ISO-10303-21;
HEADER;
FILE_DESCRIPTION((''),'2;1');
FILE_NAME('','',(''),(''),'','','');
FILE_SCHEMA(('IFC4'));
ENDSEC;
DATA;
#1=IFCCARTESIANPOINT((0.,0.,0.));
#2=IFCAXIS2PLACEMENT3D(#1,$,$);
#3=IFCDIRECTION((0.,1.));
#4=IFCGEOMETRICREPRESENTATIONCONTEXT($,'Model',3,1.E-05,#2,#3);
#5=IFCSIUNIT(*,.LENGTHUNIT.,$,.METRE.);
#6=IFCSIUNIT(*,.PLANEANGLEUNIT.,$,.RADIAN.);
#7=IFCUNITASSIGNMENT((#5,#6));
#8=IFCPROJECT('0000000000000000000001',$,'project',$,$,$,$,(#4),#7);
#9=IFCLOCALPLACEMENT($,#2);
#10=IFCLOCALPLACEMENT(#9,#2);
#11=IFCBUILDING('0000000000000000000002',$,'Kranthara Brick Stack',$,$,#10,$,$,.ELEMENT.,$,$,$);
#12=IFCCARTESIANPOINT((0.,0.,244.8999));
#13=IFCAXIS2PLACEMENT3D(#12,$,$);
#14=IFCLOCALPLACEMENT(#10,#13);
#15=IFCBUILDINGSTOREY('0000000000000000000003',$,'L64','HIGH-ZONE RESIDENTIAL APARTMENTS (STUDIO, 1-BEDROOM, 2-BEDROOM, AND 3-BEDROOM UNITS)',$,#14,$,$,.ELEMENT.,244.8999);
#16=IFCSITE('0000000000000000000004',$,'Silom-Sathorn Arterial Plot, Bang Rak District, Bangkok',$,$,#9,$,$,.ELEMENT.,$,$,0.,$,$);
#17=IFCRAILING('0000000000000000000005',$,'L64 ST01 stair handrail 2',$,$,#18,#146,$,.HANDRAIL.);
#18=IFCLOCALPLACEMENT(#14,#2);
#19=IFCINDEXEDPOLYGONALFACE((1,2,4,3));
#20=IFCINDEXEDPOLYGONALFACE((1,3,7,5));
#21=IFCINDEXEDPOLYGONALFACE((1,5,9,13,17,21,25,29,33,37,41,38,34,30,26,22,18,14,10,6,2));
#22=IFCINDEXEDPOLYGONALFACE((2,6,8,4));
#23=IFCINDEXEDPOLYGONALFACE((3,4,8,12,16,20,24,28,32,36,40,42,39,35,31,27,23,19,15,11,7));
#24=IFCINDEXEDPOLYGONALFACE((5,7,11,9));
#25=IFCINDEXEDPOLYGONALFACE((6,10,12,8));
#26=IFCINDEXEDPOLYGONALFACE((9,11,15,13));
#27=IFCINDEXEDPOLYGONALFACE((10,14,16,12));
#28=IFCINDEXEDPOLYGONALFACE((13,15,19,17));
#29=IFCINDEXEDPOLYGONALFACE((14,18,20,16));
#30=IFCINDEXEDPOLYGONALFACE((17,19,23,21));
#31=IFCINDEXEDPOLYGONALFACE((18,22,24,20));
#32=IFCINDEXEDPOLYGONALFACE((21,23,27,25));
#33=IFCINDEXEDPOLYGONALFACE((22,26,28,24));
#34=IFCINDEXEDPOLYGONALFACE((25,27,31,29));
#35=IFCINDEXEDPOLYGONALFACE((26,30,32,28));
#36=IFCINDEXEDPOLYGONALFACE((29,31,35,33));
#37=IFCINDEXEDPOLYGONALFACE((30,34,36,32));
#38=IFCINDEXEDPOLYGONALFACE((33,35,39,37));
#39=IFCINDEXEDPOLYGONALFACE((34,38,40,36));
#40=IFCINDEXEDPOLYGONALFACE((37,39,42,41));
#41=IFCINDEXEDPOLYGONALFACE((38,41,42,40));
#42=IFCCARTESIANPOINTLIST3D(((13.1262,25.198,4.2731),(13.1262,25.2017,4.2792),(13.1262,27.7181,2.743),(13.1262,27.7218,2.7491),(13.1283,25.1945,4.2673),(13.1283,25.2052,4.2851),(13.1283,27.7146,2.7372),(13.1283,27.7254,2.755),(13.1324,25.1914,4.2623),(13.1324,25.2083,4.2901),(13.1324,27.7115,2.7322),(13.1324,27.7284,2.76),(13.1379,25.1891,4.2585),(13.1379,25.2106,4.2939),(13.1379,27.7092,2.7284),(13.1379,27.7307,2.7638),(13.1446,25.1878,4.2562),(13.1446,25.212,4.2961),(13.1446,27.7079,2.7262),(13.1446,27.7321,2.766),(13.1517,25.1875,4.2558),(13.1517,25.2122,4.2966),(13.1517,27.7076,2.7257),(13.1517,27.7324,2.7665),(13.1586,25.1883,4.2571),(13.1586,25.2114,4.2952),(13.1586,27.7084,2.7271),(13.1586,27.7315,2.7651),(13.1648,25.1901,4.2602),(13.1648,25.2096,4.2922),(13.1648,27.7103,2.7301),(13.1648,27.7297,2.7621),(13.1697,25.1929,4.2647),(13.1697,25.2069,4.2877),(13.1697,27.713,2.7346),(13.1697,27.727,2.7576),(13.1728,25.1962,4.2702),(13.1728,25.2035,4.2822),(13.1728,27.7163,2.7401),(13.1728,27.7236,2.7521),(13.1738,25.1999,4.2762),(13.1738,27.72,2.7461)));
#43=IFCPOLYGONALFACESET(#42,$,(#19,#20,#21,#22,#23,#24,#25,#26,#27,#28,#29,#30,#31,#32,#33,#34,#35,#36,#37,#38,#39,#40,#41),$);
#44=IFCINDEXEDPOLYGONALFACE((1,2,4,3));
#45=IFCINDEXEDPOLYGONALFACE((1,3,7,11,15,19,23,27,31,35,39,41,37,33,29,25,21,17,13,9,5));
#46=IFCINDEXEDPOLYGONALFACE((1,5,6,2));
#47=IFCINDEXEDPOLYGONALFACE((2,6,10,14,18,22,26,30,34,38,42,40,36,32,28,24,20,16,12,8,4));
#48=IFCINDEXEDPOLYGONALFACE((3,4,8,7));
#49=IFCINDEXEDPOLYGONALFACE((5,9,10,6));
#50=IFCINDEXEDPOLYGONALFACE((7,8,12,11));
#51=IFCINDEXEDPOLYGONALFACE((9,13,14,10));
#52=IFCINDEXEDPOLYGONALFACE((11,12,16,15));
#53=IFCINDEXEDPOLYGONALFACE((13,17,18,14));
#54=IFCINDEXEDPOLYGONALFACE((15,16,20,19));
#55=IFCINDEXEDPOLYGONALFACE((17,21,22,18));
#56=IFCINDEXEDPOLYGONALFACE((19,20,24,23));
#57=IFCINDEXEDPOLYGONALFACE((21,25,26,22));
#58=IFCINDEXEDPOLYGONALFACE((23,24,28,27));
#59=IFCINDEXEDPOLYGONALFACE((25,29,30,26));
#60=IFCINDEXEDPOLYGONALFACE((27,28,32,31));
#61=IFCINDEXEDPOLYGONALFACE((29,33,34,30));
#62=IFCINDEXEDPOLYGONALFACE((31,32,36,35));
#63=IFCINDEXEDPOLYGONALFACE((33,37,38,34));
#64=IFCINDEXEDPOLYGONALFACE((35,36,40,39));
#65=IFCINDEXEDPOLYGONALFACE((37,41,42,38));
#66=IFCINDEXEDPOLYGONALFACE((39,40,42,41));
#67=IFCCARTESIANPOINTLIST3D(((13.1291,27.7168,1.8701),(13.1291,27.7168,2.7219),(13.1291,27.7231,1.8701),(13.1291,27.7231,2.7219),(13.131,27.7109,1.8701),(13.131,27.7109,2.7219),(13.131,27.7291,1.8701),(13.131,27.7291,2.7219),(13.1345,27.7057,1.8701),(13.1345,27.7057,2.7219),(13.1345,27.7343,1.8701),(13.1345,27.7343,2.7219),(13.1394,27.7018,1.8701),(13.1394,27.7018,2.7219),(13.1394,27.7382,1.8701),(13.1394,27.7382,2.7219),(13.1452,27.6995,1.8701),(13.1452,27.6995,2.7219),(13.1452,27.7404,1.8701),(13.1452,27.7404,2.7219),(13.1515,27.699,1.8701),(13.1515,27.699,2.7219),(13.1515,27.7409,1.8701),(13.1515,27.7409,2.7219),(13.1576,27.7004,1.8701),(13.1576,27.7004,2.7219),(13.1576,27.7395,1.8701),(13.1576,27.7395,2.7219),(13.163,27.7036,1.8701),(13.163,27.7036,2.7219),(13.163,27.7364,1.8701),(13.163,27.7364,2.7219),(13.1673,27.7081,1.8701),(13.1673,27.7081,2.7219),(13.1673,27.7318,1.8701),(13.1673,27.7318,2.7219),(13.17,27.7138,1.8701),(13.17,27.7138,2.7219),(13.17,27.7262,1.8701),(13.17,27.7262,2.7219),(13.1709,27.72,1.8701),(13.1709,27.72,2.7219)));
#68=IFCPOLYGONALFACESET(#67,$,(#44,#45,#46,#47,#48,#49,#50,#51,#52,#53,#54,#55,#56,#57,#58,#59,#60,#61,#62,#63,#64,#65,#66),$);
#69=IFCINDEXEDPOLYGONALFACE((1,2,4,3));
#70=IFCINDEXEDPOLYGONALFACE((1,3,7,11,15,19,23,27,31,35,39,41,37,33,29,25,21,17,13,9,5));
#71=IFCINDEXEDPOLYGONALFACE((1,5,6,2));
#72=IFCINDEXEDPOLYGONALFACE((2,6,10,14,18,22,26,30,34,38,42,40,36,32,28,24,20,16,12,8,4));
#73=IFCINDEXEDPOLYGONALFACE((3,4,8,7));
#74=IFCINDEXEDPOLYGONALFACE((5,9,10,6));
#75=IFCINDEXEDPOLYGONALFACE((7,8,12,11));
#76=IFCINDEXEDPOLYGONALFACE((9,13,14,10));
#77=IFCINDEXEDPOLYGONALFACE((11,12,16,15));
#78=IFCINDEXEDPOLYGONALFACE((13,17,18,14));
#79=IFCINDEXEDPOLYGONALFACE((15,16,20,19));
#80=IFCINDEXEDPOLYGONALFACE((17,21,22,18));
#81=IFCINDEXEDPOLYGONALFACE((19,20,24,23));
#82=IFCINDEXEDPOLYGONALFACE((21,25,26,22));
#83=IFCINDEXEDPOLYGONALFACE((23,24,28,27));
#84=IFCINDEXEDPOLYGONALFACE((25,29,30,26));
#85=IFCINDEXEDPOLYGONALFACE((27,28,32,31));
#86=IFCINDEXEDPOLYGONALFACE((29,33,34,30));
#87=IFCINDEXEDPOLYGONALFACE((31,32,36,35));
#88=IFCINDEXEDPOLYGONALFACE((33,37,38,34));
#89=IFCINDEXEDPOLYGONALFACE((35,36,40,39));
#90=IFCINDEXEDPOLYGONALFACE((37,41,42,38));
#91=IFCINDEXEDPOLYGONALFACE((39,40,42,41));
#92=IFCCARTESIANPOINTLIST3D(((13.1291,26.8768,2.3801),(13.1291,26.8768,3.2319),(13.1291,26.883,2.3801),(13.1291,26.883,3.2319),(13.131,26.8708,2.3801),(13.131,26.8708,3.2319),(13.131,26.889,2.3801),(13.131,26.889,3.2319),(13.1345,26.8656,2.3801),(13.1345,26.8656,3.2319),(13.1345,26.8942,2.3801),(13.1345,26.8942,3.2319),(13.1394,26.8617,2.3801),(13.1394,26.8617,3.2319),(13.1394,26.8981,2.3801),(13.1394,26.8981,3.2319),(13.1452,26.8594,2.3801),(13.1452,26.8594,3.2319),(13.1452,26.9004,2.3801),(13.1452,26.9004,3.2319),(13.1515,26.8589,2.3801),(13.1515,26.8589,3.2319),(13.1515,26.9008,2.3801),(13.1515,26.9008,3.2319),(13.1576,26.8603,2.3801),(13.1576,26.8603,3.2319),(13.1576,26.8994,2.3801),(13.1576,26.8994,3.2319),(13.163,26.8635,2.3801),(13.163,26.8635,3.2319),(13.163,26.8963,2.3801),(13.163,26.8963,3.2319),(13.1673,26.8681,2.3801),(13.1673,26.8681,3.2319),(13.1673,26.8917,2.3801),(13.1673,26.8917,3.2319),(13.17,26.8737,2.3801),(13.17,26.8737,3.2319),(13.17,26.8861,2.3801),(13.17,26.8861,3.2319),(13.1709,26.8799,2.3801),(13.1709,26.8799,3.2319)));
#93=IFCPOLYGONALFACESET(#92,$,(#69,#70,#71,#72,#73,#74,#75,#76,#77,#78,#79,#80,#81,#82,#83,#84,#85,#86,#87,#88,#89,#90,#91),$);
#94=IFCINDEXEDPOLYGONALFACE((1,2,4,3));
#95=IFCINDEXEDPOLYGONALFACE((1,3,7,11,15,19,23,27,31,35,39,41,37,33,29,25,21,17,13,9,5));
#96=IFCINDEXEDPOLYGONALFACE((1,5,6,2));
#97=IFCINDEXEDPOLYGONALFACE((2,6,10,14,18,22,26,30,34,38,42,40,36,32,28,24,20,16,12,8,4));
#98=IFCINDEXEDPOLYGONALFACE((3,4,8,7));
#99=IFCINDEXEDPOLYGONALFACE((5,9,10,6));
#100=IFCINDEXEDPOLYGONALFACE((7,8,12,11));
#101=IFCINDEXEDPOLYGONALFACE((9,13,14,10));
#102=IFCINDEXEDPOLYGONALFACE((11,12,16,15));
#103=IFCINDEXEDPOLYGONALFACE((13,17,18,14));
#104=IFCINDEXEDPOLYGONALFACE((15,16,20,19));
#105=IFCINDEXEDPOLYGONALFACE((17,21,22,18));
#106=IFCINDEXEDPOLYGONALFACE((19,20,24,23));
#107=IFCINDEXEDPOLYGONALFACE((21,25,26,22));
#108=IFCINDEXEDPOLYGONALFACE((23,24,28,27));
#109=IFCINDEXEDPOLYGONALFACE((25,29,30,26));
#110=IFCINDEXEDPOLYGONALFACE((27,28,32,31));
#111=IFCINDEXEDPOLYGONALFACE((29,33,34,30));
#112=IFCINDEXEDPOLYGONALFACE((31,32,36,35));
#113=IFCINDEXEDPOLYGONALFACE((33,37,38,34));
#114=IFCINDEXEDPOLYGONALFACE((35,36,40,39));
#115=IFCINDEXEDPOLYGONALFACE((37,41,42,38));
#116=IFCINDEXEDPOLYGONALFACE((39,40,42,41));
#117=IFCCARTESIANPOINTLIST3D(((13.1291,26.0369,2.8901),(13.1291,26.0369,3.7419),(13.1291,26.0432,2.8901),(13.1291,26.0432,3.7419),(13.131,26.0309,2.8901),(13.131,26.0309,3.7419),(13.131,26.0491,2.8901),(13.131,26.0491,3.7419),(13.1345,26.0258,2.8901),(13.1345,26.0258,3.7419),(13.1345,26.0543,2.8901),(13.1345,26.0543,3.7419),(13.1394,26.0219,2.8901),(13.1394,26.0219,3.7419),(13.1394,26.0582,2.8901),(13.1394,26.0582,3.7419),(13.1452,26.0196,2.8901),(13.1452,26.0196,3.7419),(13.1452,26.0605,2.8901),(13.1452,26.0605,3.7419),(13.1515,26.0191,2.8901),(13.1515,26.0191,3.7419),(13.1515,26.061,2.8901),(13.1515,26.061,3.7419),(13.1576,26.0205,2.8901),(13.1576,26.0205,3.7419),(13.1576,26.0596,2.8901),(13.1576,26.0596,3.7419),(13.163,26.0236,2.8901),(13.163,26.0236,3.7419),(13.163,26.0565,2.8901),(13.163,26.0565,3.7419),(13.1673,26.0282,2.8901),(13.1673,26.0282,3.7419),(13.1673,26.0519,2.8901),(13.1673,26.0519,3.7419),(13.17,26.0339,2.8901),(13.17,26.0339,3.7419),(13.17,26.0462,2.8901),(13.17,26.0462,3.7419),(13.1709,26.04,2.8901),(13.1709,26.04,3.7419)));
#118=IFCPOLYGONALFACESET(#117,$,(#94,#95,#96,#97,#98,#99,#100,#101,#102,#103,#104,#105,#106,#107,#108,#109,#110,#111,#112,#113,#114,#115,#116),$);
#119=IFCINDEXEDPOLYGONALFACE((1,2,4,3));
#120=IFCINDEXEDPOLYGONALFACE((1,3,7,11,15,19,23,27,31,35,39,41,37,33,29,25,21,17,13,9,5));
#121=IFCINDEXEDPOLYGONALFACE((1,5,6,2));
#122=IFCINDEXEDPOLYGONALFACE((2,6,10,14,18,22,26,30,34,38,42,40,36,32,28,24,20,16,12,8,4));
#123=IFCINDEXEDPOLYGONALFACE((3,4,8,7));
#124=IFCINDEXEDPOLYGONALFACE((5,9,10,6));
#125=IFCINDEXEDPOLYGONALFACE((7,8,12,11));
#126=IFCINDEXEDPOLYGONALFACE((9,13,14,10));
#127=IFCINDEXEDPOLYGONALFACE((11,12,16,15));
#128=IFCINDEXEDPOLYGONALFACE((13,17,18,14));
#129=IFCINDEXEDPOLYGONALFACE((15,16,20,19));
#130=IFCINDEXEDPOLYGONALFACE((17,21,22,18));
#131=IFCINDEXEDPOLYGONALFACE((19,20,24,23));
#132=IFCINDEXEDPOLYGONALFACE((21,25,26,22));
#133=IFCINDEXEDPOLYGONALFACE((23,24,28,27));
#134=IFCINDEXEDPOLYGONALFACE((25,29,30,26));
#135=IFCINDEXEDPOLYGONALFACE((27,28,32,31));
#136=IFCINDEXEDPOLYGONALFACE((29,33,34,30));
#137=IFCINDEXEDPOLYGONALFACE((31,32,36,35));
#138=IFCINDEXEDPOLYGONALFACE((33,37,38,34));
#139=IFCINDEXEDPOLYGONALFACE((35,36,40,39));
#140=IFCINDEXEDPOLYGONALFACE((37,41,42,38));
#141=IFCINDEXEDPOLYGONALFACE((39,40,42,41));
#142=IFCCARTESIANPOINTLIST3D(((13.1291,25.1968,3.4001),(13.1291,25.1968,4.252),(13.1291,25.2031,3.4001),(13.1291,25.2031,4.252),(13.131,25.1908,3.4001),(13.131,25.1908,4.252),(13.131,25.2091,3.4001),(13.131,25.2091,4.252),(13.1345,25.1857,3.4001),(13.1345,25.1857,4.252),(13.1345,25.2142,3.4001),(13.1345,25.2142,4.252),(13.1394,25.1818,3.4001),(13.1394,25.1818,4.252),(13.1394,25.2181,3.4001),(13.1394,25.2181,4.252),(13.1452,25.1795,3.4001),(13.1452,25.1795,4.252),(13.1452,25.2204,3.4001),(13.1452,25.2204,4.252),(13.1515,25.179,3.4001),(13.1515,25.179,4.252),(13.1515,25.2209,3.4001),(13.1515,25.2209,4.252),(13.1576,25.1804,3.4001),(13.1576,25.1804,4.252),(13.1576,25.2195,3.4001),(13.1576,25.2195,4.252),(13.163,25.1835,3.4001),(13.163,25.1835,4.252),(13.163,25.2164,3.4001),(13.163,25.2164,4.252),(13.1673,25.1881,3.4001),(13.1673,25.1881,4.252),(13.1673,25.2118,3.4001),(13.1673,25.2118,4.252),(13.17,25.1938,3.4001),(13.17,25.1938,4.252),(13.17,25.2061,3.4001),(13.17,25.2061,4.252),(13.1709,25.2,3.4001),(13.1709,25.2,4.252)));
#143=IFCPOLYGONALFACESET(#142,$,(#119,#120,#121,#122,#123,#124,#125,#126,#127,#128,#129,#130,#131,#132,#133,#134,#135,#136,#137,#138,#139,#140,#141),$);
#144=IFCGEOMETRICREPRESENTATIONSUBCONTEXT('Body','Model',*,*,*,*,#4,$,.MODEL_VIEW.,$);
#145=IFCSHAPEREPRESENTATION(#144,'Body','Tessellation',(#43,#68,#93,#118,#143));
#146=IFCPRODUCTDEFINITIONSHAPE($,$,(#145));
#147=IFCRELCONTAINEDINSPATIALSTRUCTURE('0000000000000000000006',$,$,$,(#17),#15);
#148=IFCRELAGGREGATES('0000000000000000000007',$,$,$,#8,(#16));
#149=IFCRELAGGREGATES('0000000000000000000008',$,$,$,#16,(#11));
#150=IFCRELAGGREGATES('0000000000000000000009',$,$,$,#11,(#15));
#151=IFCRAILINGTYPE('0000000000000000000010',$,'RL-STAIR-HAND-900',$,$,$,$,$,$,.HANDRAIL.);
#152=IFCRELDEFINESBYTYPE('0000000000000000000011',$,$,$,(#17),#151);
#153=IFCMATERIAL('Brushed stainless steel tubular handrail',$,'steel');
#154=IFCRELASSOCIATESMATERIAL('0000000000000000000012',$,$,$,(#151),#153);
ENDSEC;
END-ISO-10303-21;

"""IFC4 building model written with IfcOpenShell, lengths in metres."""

from ifc_helpers import new_model, si_unit, direction, frame, origin, origin_2d, place, context, subcontext, project, spatial, circle, extrude, material, type_object, element, save


model = new_model("IFC4")

# Units and contexts
model_context = context("Model", 3, precision=1e-05, world=origin(), true_north=direction((0.0, 1.0)))
body_context = subcontext(model_context, "Body", "Model", "MODEL_VIEW")
ifc_project = project(units=[si_unit("LENGTHUNIT", "METRE"), si_unit("PLANEANGLEUNIT", "RADIAN")], contexts=[model_context])

# Site, building, storey
site_placement = place(None, origin())
site = spatial("IfcSite", under=ifc_project, at=site_placement, Name="Silom-Sathorn Arterial Plot, Bang Rak District, Bangkok", CompositionType="ELEMENT", RefElevation=0.0)
building_placement = place(site_placement, origin())
building = spatial("IfcBuilding", under=site, at=building_placement, Name="Kranthara Brick Stack", CompositionType="ELEMENT")
storey_placement = place(building_placement, frame((0.0, 0.0, 244.8999)))
storey = spatial("IfcBuildingStorey", under=building, at=storey_placement, Name="L64", Description="HIGH-ZONE RESIDENTIAL APARTMENTS (STUDIO, 1-BEDROOM, 2-BEDROOM, AND 3-BEDROOM UNITS)", CompositionType="ELEMENT", Elevation=244.8999)

# Railing
ifc_material_1 = material(Name="Brushed stainless steel tubular handrail", Category="steel")
railing_type_1 = type_object("IfcRailingType", Name="RL-STAIR-HAND-900", PredefinedType="HANDRAIL", material=ifc_material_1)
railing_1_placement = place(storey_placement, frame((13.1499, 27.72, 1.8701)))
element("IfcRailing", 1, at=railing_1_placement, inside=storey, type_object=railing_type_1, Name="L64 ST01 stair handrail 2", PredefinedType="HANDRAIL", context=body_context, shape_type="SweptSolid", body=[
    extrude(circle(Radius=0.0239, at=origin_2d()), frame((0.0, 0.0, 0.876), z_axis=(0.0, -0.854785, 0.518982), x_axis=(1.0, 0.0, 0.0)), (0.0, 0.0, 1.0), 2.9482),
    extrude(circle(Radius=0.021, at=origin_2d()), origin(), (0.0, 0.0, 1.0), 0.8518),
    extrude(circle(Radius=0.021, at=origin_2d()), frame((0.0, -0.8401, 0.51)), (0.0, 0.0, 1.0), 0.8518),
    extrude(circle(Radius=0.021, at=origin_2d()), frame((0.0, -1.6799, 1.02)), (0.0, 0.0, 1.0), 0.8518),
    extrude(circle(Radius=0.021, at=origin_2d()), frame((0.0, -2.52, 1.53)), (0.0, 0.0, 1.0), 0.8518),
])

save(model, "model.ifc")
